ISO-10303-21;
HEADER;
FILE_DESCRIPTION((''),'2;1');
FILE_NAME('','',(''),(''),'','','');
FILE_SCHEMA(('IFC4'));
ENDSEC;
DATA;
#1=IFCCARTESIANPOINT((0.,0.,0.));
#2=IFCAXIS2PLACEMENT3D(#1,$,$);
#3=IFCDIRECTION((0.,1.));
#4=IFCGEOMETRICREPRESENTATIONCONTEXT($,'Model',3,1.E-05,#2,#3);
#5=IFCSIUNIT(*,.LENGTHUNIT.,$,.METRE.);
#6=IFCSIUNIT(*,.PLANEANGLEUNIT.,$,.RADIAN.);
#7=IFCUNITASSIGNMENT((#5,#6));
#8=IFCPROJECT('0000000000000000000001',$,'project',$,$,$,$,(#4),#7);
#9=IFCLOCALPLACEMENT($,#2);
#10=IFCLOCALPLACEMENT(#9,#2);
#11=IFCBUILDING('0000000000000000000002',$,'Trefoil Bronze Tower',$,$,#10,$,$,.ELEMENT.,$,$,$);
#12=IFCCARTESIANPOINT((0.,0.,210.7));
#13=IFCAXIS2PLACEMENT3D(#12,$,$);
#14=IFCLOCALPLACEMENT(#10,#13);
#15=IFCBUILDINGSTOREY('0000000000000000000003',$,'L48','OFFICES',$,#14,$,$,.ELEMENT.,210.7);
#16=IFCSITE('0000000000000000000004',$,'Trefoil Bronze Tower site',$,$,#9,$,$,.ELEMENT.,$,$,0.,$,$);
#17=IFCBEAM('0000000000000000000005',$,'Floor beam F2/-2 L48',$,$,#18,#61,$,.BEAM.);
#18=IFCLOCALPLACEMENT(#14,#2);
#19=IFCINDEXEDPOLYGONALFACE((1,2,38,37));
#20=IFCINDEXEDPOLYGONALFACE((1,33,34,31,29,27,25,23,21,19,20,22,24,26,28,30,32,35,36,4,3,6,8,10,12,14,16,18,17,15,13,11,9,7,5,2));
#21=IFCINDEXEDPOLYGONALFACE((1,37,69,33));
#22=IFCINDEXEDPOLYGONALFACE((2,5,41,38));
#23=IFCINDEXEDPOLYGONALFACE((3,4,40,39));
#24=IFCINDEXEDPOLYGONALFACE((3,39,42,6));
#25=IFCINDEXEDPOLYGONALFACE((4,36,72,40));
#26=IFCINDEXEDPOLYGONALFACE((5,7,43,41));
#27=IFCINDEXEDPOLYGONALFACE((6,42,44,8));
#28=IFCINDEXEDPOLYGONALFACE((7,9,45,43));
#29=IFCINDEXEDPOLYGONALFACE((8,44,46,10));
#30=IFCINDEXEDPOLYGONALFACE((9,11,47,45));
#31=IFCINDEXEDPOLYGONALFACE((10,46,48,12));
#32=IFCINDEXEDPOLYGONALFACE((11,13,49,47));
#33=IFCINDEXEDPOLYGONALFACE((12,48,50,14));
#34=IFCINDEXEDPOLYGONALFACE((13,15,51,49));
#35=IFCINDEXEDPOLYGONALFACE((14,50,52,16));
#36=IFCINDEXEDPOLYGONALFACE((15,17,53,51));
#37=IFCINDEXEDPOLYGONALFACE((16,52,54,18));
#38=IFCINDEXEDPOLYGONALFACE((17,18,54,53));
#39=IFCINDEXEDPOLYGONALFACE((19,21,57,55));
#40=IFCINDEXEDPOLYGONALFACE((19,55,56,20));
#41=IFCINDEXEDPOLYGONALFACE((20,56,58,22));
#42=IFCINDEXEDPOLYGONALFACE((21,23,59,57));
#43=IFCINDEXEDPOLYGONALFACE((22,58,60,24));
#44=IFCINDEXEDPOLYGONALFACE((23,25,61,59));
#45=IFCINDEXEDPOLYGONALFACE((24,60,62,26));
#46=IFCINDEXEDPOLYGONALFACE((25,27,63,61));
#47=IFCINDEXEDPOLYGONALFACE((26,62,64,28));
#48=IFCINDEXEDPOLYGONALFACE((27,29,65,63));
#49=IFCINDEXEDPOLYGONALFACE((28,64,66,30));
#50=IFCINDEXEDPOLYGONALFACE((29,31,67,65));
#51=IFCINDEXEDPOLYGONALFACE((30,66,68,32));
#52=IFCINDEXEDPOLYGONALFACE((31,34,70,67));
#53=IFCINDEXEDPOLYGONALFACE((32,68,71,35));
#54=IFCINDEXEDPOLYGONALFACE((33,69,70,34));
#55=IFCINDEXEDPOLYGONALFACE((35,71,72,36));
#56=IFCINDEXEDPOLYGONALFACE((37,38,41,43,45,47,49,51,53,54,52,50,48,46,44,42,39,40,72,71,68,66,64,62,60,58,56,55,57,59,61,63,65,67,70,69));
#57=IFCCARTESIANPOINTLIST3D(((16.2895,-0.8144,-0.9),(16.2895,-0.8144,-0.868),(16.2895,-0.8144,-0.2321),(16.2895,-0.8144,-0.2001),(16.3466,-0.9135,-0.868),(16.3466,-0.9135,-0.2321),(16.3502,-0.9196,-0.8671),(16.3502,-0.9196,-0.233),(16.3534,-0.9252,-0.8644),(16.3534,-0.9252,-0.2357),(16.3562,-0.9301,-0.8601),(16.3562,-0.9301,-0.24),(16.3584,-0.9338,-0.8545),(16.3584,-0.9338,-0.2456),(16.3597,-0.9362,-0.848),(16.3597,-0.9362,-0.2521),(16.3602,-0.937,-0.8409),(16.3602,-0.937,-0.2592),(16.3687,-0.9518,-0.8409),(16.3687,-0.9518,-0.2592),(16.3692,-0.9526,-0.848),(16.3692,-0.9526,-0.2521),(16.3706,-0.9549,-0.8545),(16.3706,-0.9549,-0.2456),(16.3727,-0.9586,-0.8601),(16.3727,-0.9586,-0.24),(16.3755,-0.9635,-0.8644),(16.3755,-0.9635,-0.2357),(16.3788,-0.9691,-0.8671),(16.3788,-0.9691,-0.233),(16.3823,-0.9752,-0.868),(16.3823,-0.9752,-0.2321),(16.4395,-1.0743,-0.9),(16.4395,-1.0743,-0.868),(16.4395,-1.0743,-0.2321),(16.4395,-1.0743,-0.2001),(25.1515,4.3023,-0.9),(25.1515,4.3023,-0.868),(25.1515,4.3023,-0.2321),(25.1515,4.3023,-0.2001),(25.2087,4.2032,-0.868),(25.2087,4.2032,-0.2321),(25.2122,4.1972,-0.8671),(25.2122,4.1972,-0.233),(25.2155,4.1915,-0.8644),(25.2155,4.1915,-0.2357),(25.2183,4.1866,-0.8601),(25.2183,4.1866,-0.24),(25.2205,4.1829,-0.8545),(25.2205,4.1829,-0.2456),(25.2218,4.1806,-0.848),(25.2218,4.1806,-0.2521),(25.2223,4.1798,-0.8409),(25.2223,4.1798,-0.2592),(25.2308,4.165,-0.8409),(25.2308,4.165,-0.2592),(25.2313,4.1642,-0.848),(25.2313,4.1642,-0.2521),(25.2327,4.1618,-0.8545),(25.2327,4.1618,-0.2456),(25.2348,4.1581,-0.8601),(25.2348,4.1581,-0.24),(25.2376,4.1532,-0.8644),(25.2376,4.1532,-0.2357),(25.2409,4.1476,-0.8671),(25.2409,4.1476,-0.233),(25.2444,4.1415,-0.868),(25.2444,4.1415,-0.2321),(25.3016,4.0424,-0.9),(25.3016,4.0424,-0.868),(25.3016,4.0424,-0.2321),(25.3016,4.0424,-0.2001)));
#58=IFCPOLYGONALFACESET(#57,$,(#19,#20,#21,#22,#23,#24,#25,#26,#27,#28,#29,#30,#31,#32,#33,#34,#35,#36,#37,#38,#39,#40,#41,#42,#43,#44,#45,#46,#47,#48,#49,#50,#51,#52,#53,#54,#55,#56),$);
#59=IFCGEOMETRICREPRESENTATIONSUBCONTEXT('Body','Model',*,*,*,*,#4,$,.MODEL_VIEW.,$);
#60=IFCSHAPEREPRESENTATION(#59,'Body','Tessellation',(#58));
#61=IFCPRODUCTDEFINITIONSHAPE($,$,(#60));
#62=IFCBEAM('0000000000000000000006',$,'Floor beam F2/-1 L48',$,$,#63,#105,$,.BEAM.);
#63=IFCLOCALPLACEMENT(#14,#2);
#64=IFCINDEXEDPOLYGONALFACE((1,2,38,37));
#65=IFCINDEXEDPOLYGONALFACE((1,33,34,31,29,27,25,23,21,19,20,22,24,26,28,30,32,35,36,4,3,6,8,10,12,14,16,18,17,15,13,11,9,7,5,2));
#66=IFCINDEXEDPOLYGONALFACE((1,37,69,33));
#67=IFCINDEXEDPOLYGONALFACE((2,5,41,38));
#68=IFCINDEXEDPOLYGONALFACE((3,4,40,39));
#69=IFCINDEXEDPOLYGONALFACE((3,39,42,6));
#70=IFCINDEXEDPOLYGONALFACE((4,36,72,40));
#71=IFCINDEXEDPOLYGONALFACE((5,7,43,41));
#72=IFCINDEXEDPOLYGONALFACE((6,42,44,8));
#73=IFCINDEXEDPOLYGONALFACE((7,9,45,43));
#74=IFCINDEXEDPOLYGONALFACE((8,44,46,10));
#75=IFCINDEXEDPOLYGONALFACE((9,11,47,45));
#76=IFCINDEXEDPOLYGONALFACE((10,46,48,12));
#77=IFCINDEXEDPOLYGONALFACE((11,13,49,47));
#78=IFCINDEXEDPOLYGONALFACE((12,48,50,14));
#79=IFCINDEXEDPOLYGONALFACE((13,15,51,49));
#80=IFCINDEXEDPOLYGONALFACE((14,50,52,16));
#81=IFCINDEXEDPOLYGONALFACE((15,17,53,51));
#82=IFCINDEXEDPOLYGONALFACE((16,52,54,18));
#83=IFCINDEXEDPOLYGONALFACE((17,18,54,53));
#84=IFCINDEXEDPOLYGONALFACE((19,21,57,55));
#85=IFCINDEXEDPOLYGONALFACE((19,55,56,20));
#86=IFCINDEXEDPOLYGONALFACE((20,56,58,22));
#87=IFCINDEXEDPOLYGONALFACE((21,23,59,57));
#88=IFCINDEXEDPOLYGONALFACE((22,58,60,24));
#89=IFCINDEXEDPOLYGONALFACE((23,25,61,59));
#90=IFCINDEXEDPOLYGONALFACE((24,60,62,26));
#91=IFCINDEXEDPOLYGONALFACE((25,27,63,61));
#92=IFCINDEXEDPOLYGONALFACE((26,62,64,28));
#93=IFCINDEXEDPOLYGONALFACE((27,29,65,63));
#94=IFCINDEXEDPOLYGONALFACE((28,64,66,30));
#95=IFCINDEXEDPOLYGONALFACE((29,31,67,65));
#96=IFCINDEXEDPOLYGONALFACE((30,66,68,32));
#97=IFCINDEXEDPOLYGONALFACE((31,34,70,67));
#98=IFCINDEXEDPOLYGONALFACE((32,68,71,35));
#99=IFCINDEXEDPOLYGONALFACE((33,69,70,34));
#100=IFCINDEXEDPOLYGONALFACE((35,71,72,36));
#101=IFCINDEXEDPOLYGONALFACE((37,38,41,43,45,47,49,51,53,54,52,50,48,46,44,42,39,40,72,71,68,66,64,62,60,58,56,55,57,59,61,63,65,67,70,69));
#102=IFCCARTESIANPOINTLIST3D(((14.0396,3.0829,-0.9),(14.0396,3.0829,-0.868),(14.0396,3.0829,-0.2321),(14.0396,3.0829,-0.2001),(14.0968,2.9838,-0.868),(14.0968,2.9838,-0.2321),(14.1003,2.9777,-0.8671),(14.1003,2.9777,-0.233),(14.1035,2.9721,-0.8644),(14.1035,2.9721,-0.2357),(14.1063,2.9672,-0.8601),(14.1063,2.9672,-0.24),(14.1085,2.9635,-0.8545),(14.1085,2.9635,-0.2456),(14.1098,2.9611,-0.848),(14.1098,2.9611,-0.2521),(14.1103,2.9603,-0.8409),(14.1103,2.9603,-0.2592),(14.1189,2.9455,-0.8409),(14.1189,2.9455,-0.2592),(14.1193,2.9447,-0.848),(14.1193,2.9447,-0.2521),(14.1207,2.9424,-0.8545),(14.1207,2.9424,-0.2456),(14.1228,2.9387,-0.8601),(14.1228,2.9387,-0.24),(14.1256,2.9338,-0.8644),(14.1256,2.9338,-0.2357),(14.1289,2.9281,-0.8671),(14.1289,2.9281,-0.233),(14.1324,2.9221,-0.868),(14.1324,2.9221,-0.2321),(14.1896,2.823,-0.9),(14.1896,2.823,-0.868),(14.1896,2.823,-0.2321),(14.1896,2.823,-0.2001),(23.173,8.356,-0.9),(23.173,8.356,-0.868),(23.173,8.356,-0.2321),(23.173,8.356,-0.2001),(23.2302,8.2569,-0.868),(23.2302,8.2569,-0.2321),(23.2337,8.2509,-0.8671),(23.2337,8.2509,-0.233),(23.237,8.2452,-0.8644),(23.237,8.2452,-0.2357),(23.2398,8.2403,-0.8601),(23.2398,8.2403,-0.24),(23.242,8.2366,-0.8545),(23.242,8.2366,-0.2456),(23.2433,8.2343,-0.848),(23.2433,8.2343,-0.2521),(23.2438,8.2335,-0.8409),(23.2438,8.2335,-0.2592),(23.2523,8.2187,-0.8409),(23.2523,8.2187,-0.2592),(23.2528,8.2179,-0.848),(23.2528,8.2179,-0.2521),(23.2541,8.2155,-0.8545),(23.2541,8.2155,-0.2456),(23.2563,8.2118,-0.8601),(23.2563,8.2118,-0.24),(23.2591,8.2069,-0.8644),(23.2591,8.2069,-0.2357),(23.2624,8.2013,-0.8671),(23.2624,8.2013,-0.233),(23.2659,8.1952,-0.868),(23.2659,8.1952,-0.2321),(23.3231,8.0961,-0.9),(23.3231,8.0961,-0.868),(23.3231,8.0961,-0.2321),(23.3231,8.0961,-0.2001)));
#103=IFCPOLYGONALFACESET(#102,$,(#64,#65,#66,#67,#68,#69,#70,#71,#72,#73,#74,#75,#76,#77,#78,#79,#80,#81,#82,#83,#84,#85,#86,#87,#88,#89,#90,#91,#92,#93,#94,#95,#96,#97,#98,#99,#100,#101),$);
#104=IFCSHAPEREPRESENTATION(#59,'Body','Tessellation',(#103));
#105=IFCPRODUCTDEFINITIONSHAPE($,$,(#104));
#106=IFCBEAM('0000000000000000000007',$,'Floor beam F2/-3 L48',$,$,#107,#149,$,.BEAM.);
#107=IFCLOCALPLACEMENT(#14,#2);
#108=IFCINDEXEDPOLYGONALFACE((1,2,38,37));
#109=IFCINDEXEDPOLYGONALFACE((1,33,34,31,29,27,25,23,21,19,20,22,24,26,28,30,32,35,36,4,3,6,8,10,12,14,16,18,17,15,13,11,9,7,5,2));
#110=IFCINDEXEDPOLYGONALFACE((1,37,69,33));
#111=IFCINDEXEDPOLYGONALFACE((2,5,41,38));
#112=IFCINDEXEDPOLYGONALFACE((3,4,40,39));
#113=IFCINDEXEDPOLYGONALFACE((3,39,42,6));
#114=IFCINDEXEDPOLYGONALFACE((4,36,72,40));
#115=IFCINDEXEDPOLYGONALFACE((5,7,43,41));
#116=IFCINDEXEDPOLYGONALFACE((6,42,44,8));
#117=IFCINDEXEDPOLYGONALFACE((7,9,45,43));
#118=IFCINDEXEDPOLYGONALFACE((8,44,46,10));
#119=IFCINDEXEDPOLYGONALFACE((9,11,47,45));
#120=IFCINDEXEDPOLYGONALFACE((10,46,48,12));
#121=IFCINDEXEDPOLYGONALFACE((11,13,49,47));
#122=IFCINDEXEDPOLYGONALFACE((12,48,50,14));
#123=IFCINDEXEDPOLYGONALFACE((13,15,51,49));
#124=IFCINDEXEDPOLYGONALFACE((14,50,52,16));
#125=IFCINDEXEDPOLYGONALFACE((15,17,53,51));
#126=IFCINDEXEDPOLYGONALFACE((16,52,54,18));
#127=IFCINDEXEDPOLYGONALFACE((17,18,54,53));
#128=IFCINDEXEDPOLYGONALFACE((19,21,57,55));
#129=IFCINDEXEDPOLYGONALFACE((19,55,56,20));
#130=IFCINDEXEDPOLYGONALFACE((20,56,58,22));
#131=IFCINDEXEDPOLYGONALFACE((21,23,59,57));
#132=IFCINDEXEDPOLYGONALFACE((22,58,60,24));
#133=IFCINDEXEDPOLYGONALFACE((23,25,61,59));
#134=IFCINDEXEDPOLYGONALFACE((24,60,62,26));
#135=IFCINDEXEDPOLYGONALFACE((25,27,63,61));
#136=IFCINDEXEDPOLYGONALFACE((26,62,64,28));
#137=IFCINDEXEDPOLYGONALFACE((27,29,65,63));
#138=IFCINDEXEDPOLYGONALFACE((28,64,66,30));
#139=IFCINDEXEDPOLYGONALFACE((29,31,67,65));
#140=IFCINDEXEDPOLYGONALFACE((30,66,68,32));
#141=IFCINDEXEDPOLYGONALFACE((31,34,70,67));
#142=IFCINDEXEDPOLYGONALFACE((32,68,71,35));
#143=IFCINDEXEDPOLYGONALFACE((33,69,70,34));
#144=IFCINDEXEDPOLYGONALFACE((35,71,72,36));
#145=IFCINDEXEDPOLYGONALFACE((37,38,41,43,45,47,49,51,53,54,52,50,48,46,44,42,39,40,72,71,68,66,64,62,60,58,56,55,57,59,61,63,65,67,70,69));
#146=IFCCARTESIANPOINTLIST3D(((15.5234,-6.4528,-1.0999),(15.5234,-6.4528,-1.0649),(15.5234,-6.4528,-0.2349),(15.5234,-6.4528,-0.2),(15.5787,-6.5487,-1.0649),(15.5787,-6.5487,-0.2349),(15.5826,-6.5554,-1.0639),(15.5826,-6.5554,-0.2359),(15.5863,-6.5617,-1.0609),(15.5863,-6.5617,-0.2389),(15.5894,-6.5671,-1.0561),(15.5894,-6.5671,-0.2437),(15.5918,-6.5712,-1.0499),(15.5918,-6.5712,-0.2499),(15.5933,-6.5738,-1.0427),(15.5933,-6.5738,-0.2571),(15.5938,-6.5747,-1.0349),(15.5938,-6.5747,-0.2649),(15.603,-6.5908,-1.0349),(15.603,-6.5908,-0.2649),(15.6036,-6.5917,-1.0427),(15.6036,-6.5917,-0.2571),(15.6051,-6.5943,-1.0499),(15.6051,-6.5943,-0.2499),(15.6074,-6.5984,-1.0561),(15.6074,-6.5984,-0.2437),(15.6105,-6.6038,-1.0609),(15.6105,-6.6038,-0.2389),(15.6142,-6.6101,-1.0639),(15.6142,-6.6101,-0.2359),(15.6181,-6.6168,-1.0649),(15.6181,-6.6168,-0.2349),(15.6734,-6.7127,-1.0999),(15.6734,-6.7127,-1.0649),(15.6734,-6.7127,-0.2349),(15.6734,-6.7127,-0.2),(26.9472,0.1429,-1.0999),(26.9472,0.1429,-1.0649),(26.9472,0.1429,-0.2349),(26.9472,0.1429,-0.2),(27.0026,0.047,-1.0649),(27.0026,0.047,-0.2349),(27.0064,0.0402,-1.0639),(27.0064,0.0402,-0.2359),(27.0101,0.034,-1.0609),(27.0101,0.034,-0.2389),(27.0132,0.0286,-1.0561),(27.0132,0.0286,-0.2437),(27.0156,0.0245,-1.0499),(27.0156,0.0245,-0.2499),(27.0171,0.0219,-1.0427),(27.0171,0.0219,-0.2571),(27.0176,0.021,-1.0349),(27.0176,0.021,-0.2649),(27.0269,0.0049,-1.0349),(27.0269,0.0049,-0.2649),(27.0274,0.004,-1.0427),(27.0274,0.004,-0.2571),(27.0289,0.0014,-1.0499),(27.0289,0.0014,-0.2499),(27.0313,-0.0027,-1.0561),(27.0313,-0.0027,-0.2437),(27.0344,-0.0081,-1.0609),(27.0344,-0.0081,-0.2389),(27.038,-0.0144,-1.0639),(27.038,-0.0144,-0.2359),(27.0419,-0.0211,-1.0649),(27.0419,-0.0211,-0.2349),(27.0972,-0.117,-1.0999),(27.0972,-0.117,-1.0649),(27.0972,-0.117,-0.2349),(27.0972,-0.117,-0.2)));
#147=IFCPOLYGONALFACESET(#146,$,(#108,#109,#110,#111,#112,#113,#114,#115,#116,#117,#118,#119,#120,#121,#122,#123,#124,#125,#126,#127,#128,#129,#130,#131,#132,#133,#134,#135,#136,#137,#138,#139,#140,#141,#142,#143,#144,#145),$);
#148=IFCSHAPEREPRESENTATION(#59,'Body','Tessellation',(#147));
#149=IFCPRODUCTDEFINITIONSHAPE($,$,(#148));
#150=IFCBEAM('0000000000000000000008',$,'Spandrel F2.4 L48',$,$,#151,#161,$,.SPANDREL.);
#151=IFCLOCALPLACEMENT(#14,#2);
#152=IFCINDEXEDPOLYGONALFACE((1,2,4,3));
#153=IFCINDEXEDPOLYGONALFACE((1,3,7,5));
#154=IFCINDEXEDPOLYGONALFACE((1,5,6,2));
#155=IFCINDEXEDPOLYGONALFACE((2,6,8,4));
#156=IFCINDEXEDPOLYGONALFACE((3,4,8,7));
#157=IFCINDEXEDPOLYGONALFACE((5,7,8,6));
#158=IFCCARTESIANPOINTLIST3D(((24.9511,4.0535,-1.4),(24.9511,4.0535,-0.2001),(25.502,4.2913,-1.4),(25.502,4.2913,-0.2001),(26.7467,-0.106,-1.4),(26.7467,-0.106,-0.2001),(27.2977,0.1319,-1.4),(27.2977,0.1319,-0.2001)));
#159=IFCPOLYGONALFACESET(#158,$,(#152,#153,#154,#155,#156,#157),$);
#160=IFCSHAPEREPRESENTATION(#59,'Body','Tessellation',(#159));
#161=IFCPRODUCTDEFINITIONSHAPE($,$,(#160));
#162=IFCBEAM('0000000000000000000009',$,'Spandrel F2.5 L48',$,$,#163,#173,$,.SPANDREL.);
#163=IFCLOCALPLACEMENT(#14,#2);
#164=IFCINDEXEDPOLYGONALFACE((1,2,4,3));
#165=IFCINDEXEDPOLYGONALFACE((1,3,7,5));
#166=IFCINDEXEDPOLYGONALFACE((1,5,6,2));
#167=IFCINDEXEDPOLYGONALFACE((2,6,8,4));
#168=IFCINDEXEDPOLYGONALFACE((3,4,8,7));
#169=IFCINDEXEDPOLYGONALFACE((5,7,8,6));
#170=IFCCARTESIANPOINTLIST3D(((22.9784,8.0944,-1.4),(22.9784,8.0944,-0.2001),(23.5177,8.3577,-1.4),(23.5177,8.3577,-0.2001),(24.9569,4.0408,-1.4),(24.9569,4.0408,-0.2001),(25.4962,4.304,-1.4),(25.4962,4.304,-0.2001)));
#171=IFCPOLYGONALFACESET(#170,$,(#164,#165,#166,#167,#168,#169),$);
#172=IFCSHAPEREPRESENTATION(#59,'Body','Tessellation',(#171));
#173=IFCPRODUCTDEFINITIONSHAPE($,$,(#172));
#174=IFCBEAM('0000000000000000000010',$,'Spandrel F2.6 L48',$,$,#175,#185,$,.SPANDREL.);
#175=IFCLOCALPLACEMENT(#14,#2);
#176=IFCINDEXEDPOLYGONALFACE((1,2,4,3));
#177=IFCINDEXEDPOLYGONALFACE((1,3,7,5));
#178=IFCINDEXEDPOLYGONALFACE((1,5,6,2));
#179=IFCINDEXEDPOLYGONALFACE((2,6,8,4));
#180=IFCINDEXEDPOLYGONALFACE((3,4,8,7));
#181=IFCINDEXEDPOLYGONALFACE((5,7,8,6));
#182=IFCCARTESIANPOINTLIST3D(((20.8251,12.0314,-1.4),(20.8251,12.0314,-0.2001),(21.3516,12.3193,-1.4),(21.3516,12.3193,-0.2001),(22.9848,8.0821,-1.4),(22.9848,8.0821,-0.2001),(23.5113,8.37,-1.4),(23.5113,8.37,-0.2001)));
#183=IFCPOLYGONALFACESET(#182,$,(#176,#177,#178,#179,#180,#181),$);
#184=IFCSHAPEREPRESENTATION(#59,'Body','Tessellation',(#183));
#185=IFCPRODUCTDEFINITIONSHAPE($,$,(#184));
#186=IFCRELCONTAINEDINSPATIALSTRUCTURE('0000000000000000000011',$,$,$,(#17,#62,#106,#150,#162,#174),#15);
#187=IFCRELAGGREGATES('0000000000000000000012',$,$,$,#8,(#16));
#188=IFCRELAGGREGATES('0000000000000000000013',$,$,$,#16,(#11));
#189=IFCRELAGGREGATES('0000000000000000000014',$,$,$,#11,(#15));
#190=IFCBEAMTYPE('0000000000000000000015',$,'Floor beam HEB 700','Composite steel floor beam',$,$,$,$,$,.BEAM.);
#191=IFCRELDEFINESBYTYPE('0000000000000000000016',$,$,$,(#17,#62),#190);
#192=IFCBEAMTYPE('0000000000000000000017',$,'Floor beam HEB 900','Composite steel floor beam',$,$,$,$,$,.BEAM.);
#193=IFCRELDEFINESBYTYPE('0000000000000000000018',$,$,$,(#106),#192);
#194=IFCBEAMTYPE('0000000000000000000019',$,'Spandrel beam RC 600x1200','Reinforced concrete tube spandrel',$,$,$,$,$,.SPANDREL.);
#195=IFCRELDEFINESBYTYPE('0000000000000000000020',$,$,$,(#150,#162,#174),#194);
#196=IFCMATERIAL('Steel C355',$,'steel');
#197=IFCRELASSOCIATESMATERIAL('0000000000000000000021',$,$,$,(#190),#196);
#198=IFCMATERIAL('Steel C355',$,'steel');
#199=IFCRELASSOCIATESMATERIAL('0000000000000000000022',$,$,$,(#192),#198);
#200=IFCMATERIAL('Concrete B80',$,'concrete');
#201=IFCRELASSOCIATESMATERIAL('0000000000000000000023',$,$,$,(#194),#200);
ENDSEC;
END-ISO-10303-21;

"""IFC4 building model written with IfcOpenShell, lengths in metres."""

from ifc_helpers import new_model, si_unit, direction, frame, origin, origin_2d, place, context, subcontext, project, spatial, rectangle, i_section, extrude, material, material_profile, profile_set, type_object, element, save


model = new_model("IFC4")

# Units and contexts
model_context = context("Model", 3, precision=1e-05, world=origin(), true_north=direction((0.0, 1.0)))
body_context = subcontext(model_context, "Body", "Model", "MODEL_VIEW")
ifc_project = project(units=[si_unit("LENGTHUNIT", "METRE"), si_unit("PLANEANGLEUNIT", "RADIAN")], contexts=[model_context])

# Site, building, storey
site_placement = place(None, origin())
site = spatial("IfcSite", under=ifc_project, at=site_placement, Name="Trefoil Bronze Tower site", CompositionType="ELEMENT", RefElevation=0.0)
building_placement = place(site_placement, origin())
building = spatial("IfcBuilding", under=site, at=building_placement, Name="Trefoil Bronze Tower", CompositionType="ELEMENT")
storey_placement = place(building_placement, frame((0.0, 0.0, 210.7)))
storey = spatial("IfcBuildingStorey", under=building, at=storey_placement, Name="L48", Description="OFFICES", CompositionType="ELEMENT", Elevation=210.7)

# Beams
ifc_material_1 = material(Name="Steel C355", Category="steel")
ifc_material_profile_1 = material_profile(ifc_material_1, i_section(OverallWidth=0.3, OverallDepth=0.7, WebThickness=0.0171, FlangeThickness=0.032, FilletRadius=0.0271, at=origin_2d()), Name="HEB 700")
ifc_profile_set_1 = profile_set([ifc_material_profile_1], Name="Steel C355")
beam_type_1 = type_object("IfcBeamType", Name="Floor beam HEB 700", Description="Composite steel floor beam", PredefinedType="BEAM", material=ifc_profile_set_1)
beam_1_placement = place(storey_placement, frame((25.2266, 4.1724, -0.55), z_axis=(-0.866018, -0.500014, 0.0), x_axis=(0.500014, -0.866018, 0.0)))
element("IfcBeam", 1, at=beam_1_placement, inside=storey, type_object=beam_type_1, Name="Floor beam F2/-2 L48", PredefinedType="BEAM", context=body_context, shape_type="SweptSolid", body=[
    extrude(i_section(OverallWidth=0.3, OverallDepth=0.7, WebThickness=0.0171, FlangeThickness=0.032, FilletRadius=0.0271, at=origin_2d()), origin(), (0.0, 0.0, 1.0), 10.2332),
])
beam_2_placement = place(storey_placement, frame((23.248, 8.2261, -0.55), z_axis=(-0.866028, -0.499996, 0.0), x_axis=(0.499996, -0.866028, 0.0)))
element("IfcBeam", 2, at=beam_2_placement, inside=storey, type_object=beam_type_1, Name="Floor beam F2/-1 L48", PredefinedType="BEAM", context=body_context, shape_type="SweptSolid", body=[
    extrude(i_section(OverallWidth=0.3, OverallDepth=0.7, WebThickness=0.0171, FlangeThickness=0.032, FilletRadius=0.0271, at=origin_2d()), origin(), (0.0, 0.0, 1.0), 10.5464),
])
ifc_material_2 = material(Name="Steel C355", Category="steel")
ifc_material_profile_2 = material_profile(ifc_material_2, i_section(OverallWidth=0.3, OverallDepth=0.8999, WebThickness=0.0186, FlangeThickness=0.0349, FilletRadius=0.03, at=origin_2d()), Name="HEB 900")
ifc_profile_set_2 = profile_set([ifc_material_profile_2], Name="Steel C355")
beam_type_2 = type_object("IfcBeamType", Name="Floor beam HEB 900", Description="Composite steel floor beam", PredefinedType="BEAM", material=ifc_profile_set_2)
beam_3_placement = place(storey_placement, frame((27.0222, 0.0129, -0.6499), z_axis=(-0.86602, -0.500009, 0.0), x_axis=(0.500009, -0.86602, 0.0)))
element("IfcBeam", 3, at=beam_3_placement, inside=storey, type_object=beam_type_2, Name="Floor beam F2/-3 L48", PredefinedType="BEAM", context=body_context, shape_type="SweptSolid", body=[
    extrude(i_section(OverallWidth=0.3, OverallDepth=0.8999, WebThickness=0.0186, FlangeThickness=0.0349, FilletRadius=0.03, at=origin_2d()), origin(), (0.0, 0.0, 1.0), 13.1912),
])
ifc_material_3 = material(Name="Concrete B80", Category="concrete")
ifc_material_profile_3 = material_profile(ifc_material_3, rectangle(XDim=0.6001, YDim=1.2, at=origin_2d()), Name="RC 600x1200")
ifc_profile_set_3 = profile_set([ifc_material_profile_3], Name="Concrete B80")
beam_type_3 = type_object("IfcBeamType", Name="Spandrel beam RC 600x1200", Description="Reinforced concrete tube spandrel", PredefinedType="SPANDREL", material=ifc_profile_set_3)
beam_4_placement = place(storey_placement, frame((27.0222, 0.0129, -0.8), z_axis=(-0.39635, 0.918099, 0.0), x_axis=(-0.918099, -0.39635, 0.0)))
element("IfcBeam", 4, at=beam_4_placement, inside=storey, type_object=beam_type_3, Name="Spandrel F2.4 L48", PredefinedType="SPANDREL", context=body_context, shape_type="SweptSolid", body=[
    extrude(rectangle(XDim=0.6001, YDim=1.2, at=origin_2d()), origin(), (0.0, 0.0, 1.0), 4.5305),
])
beam_5_placement = place(storey_placement, frame((25.2266, 4.1724, -0.8), z_axis=(-0.43862, 0.898673, 0.0), x_axis=(-0.898673, -0.43862, 0.0)))
element("IfcBeam", 5, at=beam_5_placement, inside=storey, type_object=beam_type_3, Name="Spandrel F2.5 L48", PredefinedType="SPANDREL", context=body_context, shape_type="SweptSolid", body=[
    extrude(rectangle(XDim=0.6001, YDim=1.2, at=origin_2d()), origin(), (0.0, 0.0, 1.0), 4.5107),
])
beam_6_placement = place(storey_placement, frame((23.248, 8.2261, -0.8), z_axis=(-0.479802, 0.877377, 0.0), x_axis=(-0.877377, -0.479802, 0.0)))
element("IfcBeam", 6, at=beam_6_placement, inside=storey, type_object=beam_type_3, Name="Spandrel F2.6 L48", PredefinedType="SPANDREL", context=body_context, shape_type="SweptSolid", body=[
    extrude(rectangle(XDim=0.6001, YDim=1.2, at=origin_2d()), origin(), (0.0, 0.0, 1.0), 4.5012),
])

save(model, "model.ifc")
